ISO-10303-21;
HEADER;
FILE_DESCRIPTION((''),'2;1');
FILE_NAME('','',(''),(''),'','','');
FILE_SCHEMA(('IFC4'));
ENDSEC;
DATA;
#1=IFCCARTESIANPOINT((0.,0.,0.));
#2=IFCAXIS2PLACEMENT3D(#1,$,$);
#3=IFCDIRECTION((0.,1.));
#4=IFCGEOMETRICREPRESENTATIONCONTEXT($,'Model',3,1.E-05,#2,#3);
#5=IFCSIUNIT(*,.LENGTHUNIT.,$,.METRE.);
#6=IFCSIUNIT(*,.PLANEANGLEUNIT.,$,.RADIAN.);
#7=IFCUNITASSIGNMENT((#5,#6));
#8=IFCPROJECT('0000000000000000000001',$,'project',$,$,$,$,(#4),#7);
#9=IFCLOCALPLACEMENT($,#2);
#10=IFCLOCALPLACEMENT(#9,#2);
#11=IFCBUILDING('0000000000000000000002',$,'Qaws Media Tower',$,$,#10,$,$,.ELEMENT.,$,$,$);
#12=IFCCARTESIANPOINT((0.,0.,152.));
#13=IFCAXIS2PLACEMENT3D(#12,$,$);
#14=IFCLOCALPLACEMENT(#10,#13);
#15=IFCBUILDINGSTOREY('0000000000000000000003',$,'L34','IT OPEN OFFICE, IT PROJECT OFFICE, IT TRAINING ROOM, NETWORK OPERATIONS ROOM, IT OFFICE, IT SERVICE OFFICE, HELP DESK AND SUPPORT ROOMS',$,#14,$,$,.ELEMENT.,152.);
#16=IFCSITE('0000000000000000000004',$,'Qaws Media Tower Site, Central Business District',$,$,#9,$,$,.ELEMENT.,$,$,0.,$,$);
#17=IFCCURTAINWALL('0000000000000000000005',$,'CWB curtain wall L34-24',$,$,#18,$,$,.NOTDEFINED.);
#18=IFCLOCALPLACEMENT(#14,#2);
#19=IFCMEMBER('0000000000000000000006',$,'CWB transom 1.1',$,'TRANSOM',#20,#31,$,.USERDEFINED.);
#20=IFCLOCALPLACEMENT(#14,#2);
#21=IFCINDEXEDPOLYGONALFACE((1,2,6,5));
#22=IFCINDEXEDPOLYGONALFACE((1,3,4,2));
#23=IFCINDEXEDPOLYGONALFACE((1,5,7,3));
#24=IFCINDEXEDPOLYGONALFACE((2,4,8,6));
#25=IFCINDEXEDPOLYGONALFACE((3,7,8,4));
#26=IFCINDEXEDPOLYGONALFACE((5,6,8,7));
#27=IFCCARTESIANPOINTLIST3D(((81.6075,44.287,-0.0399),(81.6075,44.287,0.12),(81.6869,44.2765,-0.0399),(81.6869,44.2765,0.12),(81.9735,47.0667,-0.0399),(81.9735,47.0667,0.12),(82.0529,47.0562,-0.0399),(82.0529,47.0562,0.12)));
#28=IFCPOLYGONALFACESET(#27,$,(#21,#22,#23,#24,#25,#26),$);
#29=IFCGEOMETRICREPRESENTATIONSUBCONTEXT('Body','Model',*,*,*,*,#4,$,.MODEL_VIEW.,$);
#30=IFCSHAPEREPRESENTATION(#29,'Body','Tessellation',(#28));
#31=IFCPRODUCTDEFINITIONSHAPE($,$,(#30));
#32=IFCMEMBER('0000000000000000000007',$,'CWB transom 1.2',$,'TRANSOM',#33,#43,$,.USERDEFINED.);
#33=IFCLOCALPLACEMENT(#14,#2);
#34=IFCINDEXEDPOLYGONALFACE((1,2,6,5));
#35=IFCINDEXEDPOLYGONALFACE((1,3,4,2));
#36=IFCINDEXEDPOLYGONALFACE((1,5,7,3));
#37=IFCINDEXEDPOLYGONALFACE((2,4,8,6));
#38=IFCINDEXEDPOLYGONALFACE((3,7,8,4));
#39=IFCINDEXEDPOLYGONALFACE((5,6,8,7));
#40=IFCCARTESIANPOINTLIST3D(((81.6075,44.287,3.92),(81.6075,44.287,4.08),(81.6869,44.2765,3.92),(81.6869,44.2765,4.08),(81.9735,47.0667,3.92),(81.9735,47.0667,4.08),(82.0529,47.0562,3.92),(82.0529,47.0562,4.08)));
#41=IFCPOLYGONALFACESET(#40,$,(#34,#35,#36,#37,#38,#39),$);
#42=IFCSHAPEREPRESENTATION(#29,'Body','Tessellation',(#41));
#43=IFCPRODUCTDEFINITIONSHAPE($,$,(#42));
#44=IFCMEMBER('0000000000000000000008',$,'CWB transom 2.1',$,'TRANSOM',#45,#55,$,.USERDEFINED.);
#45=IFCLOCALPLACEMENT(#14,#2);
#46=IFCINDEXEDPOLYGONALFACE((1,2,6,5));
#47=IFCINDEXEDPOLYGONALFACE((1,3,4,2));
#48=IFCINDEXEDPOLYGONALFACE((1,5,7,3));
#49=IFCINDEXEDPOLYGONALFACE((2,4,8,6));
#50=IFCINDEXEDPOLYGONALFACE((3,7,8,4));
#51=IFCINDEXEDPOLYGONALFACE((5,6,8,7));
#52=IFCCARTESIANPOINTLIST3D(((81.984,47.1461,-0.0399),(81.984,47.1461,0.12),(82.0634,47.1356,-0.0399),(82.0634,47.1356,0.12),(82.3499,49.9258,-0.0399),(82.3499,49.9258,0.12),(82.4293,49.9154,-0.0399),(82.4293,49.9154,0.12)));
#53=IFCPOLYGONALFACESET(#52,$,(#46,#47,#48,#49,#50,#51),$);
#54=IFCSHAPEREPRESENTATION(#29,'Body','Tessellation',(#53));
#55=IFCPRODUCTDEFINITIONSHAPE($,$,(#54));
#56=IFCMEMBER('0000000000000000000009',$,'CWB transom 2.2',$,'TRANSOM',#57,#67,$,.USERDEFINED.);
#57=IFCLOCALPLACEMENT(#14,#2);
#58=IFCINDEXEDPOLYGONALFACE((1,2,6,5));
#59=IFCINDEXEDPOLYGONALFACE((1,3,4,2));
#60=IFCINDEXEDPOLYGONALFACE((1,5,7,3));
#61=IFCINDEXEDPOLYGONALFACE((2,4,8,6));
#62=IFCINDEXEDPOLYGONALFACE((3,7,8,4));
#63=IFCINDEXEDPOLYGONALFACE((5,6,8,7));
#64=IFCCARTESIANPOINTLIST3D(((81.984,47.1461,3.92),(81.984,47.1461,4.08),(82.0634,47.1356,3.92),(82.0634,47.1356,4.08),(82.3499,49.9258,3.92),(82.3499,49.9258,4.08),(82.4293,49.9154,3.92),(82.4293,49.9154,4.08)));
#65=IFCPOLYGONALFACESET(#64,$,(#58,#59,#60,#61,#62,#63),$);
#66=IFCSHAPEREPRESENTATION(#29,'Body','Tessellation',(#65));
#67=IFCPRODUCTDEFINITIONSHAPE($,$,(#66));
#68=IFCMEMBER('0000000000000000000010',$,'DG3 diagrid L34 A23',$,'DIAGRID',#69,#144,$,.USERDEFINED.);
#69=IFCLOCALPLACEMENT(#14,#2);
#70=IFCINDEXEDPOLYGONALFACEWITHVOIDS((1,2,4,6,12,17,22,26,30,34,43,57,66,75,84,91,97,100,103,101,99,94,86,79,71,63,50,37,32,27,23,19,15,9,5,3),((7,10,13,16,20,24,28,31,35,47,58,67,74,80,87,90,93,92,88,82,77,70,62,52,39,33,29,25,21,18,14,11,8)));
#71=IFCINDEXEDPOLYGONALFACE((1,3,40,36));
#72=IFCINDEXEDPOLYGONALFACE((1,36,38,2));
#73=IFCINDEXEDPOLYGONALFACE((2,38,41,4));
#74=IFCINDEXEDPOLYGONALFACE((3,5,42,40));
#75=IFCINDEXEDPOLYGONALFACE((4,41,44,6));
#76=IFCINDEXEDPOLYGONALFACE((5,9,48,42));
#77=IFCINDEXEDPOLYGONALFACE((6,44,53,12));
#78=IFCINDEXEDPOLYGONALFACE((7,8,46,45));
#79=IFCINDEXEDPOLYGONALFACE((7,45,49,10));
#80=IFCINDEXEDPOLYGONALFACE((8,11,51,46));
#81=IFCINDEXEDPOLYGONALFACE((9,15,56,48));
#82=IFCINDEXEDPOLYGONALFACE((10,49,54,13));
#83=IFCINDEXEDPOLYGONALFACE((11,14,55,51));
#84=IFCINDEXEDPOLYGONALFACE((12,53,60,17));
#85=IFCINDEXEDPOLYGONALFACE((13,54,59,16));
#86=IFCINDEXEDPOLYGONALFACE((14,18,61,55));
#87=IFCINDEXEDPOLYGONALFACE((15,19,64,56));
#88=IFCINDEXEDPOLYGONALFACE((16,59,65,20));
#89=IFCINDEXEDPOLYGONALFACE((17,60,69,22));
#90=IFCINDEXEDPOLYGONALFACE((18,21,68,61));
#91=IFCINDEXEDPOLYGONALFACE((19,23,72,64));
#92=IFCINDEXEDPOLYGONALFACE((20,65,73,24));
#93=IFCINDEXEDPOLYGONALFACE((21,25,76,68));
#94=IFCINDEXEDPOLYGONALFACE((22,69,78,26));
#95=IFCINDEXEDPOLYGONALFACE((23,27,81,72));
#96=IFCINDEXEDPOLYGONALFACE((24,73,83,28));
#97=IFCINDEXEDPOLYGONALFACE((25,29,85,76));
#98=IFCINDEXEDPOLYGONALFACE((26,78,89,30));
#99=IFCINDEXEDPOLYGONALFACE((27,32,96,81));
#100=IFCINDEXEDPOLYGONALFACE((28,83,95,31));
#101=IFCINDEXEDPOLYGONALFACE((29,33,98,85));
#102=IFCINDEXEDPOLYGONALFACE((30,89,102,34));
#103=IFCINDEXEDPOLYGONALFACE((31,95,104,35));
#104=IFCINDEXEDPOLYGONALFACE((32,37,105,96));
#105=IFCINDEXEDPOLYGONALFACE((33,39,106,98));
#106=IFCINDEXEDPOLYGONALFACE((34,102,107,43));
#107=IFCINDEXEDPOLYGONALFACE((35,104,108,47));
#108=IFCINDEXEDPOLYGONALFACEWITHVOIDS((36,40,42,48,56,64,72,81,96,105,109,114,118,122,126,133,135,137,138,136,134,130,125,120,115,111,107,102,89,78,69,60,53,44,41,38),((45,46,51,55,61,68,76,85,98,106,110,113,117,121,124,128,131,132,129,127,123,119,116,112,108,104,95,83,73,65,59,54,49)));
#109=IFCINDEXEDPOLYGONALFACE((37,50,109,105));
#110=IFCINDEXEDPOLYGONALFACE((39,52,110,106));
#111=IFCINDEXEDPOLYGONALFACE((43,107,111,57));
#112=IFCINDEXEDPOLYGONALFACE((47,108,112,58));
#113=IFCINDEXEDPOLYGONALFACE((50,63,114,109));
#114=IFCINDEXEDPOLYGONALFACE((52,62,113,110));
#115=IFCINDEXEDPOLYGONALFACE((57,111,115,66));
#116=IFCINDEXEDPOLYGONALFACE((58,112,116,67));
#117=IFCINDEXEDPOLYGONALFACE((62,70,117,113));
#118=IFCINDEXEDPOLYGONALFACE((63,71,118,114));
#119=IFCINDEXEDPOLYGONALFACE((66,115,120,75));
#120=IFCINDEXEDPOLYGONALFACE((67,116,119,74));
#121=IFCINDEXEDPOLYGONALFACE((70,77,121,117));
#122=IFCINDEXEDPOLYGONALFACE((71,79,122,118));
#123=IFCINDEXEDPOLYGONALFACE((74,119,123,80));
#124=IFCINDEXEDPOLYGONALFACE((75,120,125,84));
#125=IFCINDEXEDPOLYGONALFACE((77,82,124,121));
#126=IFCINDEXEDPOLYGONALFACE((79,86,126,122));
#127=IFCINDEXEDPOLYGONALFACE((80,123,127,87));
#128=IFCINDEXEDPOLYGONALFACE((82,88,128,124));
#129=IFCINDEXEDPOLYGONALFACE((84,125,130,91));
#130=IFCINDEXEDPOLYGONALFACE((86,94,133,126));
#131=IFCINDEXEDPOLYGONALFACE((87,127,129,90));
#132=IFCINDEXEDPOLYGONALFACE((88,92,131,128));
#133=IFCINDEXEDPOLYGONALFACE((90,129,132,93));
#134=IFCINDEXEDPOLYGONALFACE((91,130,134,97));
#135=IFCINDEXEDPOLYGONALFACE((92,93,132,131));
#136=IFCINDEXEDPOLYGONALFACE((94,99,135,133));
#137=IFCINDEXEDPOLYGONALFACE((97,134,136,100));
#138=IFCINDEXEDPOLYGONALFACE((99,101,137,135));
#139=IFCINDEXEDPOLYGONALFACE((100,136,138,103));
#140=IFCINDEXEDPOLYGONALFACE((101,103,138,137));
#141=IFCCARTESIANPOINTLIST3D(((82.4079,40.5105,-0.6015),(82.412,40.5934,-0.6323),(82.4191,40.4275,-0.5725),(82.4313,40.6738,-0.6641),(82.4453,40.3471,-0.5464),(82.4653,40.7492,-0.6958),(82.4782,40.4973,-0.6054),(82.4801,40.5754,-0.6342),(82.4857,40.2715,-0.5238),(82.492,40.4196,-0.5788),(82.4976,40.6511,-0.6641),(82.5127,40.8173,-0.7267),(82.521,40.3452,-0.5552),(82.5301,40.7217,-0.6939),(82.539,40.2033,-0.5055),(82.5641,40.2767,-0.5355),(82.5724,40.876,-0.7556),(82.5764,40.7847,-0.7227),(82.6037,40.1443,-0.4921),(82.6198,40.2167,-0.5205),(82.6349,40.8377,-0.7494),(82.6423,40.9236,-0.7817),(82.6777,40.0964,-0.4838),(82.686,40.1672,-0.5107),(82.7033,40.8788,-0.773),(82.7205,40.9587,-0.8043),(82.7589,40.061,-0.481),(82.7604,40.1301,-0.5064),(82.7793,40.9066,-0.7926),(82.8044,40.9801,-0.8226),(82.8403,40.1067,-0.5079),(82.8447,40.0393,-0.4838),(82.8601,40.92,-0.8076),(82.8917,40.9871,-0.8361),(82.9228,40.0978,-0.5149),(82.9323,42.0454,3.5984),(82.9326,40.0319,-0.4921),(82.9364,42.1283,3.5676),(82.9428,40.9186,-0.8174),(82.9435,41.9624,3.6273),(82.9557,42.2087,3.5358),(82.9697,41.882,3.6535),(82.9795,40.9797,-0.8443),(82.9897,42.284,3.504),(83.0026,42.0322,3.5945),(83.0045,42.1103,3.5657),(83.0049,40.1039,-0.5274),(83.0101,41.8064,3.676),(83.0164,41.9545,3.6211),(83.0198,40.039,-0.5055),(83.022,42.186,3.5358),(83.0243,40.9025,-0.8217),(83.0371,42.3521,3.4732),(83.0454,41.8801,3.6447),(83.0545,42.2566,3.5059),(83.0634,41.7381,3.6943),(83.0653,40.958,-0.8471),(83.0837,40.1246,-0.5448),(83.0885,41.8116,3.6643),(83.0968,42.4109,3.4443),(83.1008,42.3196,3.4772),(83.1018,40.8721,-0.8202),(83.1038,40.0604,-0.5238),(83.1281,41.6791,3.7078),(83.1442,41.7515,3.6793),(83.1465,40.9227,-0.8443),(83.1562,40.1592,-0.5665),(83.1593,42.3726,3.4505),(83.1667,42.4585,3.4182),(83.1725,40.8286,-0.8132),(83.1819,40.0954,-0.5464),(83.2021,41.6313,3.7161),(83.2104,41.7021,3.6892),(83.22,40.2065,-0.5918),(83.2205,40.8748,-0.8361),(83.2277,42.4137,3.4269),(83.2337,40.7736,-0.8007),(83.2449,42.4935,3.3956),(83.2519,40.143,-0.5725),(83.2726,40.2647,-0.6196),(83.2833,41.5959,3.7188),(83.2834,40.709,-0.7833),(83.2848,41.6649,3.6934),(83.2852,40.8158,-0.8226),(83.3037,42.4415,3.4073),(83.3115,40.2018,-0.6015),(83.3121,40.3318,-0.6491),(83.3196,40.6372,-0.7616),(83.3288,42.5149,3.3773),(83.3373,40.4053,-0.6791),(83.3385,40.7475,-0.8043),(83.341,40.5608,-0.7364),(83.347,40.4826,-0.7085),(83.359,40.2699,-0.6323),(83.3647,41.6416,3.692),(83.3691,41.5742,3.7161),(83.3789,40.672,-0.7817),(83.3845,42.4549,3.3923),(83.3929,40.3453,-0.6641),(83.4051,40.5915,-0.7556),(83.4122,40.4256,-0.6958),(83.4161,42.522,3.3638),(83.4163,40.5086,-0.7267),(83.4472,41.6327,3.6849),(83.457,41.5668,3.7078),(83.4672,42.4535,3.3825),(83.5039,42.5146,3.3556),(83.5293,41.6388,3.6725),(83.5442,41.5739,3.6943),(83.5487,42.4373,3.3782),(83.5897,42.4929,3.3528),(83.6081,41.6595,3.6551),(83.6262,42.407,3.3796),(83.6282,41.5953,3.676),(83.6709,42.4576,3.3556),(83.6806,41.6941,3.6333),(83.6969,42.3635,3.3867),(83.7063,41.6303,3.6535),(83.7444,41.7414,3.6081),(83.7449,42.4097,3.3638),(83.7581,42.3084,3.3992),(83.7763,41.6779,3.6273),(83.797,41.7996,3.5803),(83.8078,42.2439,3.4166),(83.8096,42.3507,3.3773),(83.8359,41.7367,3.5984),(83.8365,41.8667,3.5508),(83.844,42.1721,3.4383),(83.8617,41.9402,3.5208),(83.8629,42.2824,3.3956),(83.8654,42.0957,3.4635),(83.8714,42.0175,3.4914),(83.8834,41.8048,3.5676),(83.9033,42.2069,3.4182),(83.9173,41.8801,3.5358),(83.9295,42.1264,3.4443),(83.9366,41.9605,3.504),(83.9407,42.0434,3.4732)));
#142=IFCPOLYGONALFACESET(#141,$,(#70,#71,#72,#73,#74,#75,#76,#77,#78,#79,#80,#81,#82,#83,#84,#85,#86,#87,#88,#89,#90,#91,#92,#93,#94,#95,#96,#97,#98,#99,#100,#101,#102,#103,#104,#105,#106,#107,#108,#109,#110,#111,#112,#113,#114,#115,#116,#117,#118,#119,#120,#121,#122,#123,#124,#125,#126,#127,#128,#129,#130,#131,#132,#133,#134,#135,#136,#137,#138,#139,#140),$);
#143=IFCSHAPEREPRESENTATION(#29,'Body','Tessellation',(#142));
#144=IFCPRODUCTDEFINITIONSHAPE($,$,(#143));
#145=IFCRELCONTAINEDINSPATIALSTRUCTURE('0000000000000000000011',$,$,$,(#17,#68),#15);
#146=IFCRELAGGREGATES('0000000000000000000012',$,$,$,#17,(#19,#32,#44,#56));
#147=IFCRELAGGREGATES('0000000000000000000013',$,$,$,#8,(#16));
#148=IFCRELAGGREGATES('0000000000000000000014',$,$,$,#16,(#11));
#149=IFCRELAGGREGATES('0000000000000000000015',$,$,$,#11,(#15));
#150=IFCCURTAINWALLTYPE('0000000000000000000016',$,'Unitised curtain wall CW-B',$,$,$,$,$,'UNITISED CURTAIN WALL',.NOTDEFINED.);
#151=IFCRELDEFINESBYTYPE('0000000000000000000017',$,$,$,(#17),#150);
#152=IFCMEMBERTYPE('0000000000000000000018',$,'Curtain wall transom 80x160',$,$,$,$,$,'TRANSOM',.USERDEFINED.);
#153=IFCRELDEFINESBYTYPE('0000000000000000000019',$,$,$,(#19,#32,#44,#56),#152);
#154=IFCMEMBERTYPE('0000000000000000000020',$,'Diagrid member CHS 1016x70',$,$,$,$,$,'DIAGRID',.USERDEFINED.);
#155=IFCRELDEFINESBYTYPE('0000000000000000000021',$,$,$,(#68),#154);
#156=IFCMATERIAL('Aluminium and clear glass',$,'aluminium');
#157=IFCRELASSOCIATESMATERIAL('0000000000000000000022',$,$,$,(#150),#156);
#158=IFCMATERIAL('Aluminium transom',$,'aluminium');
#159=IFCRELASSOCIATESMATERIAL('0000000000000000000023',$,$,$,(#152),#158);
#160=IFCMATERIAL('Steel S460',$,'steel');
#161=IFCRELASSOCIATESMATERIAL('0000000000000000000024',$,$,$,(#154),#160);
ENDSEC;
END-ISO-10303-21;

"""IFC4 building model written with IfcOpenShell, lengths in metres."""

from ifc_helpers import new_model, si_unit, direction, frame, origin, origin_2d, place, context, subcontext, project, spatial, rectangle, hollow_circle, extrude, material, material_profile, profile_set, type_object, element, aggregate, save


model = new_model("IFC4")

# Units and contexts
model_context = context("Model", 3, precision=1e-05, world=origin(), true_north=direction((0.0, 1.0)))
body_context = subcontext(model_context, "Body", "Model", "MODEL_VIEW")
ifc_project = project(units=[si_unit("LENGTHUNIT", "METRE"), si_unit("PLANEANGLEUNIT", "RADIAN")], contexts=[model_context])

# Site, building, storey
site_placement = place(None, origin())
site = spatial("IfcSite", under=ifc_project, at=site_placement, Name="Qaws Media Tower Site, Central Business District", CompositionType="ELEMENT", RefElevation=0.0)
building_placement = place(site_placement, origin())
building = spatial("IfcBuilding", under=site, at=building_placement, Name="Qaws Media Tower", CompositionType="ELEMENT")
storey_placement = place(building_placement, frame((0.0, 0.0, 152.0)))
storey = spatial("IfcBuildingStorey", under=building, at=storey_placement, Name="L34", Description="IT OPEN OFFICE, IT PROJECT OFFICE, IT TRAINING ROOM, NETWORK OPERATIONS ROOM, IT OFFICE, IT SERVICE OFFICE, HELP DESK AND SUPPORT ROOMS", CompositionType="ELEMENT", Elevation=152.0)

# Curtain wall
ifc_material_1 = material(Name="Aluminium and clear glass", Category="aluminium")
curtain_wall_type = type_object("IfcCurtainWallType", Name="Unitised curtain wall CW-B", ElementType="UNITISED CURTAIN WALL", PredefinedType="NOTDEFINED", material=ifc_material_1)
curtain_wall_1_placement = place(storey_placement, origin())
curtain_wall_1 = element("IfcCurtainWall", 1, at=curtain_wall_1_placement, inside=storey, type_object=curtain_wall_type, Name="CWB curtain wall L34-24", PredefinedType="NOTDEFINED")

# Members
ifc_material_2 = material(Name="Aluminium transom", Category="aluminium")
ifc_material_profile_1 = material_profile(ifc_material_2, rectangle(XDim=0.0801, YDim=0.1599, at=origin_2d()), Name="80x160")
ifc_profile_set_1 = profile_set([ifc_material_profile_1], Name="Aluminium transom")
member_type_1 = type_object("IfcMemberType", Name="Curtain wall transom 80x160", ElementType="TRANSOM", PredefinedType="USERDEFINED", material=ifc_profile_set_1)
member_1_placement = place(storey_placement, frame((81.6472, 44.2817, 0.04), z_axis=(0.130527, 0.991445, 0.0), x_axis=(-0.991445, 0.130527, 0.0)))
member_1 = element("IfcMember", 2, at=member_1_placement, type_object=member_type_1, Name="CWB transom 1.1", ObjectType="TRANSOM", PredefinedType="USERDEFINED", context=body_context, shape_type="SweptSolid", body=[
    extrude(rectangle(XDim=0.0801, YDim=0.1599, at=origin_2d()), origin(), (0.0, 0.0, 1.0), 2.8037),
])
member_2_placement = place(storey_placement, frame((81.6472, 44.2817, 4.0), z_axis=(0.130527, 0.991445, 0.0), x_axis=(-0.991445, 0.130527, 0.0)))
member_2 = element("IfcMember", 3, at=member_2_placement, type_object=member_type_1, Name="CWB transom 1.2", ObjectType="TRANSOM", PredefinedType="USERDEFINED", context=body_context, shape_type="SweptSolid", body=[
    extrude(rectangle(XDim=0.0801, YDim=0.1599, at=origin_2d()), origin(), (0.0, 0.0, 1.0), 2.8037),
])
member_3_placement = place(storey_placement, frame((82.0237, 47.1409, 0.04), z_axis=(0.130527, 0.991445, 0.0), x_axis=(-0.991445, 0.130527, 0.0)))
member_3 = element("IfcMember", 4, at=member_3_placement, type_object=member_type_1, Name="CWB transom 2.1", ObjectType="TRANSOM", PredefinedType="USERDEFINED", context=body_context, shape_type="SweptSolid", body=[
    extrude(rectangle(XDim=0.0801, YDim=0.1599, at=origin_2d()), origin(), (0.0, 0.0, 1.0), 2.8037),
])
member_4_placement = place(storey_placement, frame((82.0237, 47.1409, 4.0), z_axis=(0.130527, 0.991445, 0.0), x_axis=(-0.991445, 0.130527, 0.0)))
member_4 = element("IfcMember", 5, at=member_4_placement, type_object=member_type_1, Name="CWB transom 2.2", ObjectType="TRANSOM", PredefinedType="USERDEFINED", context=body_context, shape_type="SweptSolid", body=[
    extrude(rectangle(XDim=0.0801, YDim=0.1599, at=origin_2d()), origin(), (0.0, 0.0, 1.0), 2.8037),
])

# Member
ifc_material_3 = material(Name="Steel S460", Category="steel")
ifc_material_profile_2 = material_profile(ifc_material_3, hollow_circle(Radius=0.5081, WallThickness=0.0701, at=origin_2d()), Name="CHS 1016x70")
ifc_profile_set_2 = profile_set([ifc_material_profile_2], Name="Steel S460")
member_type_2 = type_object("IfcMemberType", Name="Diagrid member CHS 1016x70", ElementType="DIAGRID", PredefinedType="USERDEFINED", material=ifc_profile_set_2)
for number, where, z_axis, x_axis, name in (
    (6, (82.9121, 40.5095, -0.6641), (0.116477, 0.340919, 0.932849), (-0.946294, 0.323308, 0.0), "DG3 diagrid L34 A23"),
):
    element("IfcMember", number, at=place(storey_placement, frame(where, z_axis=z_axis, x_axis=x_axis)), inside=storey, type_object=member_type_2, Name=name, ObjectType="DIAGRID", PredefinedType="USERDEFINED", context=body_context, shape_type="SweptSolid", body=[
        extrude(hollow_circle(Radius=0.5081, WallThickness=0.0701, at=origin_2d()), origin(), (0.0, 0.0, 1.0), 4.5022),
    ])

aggregate(curtain_wall_1, [member_1, member_2, member_3, member_4])

save(model, "model.ifc")
